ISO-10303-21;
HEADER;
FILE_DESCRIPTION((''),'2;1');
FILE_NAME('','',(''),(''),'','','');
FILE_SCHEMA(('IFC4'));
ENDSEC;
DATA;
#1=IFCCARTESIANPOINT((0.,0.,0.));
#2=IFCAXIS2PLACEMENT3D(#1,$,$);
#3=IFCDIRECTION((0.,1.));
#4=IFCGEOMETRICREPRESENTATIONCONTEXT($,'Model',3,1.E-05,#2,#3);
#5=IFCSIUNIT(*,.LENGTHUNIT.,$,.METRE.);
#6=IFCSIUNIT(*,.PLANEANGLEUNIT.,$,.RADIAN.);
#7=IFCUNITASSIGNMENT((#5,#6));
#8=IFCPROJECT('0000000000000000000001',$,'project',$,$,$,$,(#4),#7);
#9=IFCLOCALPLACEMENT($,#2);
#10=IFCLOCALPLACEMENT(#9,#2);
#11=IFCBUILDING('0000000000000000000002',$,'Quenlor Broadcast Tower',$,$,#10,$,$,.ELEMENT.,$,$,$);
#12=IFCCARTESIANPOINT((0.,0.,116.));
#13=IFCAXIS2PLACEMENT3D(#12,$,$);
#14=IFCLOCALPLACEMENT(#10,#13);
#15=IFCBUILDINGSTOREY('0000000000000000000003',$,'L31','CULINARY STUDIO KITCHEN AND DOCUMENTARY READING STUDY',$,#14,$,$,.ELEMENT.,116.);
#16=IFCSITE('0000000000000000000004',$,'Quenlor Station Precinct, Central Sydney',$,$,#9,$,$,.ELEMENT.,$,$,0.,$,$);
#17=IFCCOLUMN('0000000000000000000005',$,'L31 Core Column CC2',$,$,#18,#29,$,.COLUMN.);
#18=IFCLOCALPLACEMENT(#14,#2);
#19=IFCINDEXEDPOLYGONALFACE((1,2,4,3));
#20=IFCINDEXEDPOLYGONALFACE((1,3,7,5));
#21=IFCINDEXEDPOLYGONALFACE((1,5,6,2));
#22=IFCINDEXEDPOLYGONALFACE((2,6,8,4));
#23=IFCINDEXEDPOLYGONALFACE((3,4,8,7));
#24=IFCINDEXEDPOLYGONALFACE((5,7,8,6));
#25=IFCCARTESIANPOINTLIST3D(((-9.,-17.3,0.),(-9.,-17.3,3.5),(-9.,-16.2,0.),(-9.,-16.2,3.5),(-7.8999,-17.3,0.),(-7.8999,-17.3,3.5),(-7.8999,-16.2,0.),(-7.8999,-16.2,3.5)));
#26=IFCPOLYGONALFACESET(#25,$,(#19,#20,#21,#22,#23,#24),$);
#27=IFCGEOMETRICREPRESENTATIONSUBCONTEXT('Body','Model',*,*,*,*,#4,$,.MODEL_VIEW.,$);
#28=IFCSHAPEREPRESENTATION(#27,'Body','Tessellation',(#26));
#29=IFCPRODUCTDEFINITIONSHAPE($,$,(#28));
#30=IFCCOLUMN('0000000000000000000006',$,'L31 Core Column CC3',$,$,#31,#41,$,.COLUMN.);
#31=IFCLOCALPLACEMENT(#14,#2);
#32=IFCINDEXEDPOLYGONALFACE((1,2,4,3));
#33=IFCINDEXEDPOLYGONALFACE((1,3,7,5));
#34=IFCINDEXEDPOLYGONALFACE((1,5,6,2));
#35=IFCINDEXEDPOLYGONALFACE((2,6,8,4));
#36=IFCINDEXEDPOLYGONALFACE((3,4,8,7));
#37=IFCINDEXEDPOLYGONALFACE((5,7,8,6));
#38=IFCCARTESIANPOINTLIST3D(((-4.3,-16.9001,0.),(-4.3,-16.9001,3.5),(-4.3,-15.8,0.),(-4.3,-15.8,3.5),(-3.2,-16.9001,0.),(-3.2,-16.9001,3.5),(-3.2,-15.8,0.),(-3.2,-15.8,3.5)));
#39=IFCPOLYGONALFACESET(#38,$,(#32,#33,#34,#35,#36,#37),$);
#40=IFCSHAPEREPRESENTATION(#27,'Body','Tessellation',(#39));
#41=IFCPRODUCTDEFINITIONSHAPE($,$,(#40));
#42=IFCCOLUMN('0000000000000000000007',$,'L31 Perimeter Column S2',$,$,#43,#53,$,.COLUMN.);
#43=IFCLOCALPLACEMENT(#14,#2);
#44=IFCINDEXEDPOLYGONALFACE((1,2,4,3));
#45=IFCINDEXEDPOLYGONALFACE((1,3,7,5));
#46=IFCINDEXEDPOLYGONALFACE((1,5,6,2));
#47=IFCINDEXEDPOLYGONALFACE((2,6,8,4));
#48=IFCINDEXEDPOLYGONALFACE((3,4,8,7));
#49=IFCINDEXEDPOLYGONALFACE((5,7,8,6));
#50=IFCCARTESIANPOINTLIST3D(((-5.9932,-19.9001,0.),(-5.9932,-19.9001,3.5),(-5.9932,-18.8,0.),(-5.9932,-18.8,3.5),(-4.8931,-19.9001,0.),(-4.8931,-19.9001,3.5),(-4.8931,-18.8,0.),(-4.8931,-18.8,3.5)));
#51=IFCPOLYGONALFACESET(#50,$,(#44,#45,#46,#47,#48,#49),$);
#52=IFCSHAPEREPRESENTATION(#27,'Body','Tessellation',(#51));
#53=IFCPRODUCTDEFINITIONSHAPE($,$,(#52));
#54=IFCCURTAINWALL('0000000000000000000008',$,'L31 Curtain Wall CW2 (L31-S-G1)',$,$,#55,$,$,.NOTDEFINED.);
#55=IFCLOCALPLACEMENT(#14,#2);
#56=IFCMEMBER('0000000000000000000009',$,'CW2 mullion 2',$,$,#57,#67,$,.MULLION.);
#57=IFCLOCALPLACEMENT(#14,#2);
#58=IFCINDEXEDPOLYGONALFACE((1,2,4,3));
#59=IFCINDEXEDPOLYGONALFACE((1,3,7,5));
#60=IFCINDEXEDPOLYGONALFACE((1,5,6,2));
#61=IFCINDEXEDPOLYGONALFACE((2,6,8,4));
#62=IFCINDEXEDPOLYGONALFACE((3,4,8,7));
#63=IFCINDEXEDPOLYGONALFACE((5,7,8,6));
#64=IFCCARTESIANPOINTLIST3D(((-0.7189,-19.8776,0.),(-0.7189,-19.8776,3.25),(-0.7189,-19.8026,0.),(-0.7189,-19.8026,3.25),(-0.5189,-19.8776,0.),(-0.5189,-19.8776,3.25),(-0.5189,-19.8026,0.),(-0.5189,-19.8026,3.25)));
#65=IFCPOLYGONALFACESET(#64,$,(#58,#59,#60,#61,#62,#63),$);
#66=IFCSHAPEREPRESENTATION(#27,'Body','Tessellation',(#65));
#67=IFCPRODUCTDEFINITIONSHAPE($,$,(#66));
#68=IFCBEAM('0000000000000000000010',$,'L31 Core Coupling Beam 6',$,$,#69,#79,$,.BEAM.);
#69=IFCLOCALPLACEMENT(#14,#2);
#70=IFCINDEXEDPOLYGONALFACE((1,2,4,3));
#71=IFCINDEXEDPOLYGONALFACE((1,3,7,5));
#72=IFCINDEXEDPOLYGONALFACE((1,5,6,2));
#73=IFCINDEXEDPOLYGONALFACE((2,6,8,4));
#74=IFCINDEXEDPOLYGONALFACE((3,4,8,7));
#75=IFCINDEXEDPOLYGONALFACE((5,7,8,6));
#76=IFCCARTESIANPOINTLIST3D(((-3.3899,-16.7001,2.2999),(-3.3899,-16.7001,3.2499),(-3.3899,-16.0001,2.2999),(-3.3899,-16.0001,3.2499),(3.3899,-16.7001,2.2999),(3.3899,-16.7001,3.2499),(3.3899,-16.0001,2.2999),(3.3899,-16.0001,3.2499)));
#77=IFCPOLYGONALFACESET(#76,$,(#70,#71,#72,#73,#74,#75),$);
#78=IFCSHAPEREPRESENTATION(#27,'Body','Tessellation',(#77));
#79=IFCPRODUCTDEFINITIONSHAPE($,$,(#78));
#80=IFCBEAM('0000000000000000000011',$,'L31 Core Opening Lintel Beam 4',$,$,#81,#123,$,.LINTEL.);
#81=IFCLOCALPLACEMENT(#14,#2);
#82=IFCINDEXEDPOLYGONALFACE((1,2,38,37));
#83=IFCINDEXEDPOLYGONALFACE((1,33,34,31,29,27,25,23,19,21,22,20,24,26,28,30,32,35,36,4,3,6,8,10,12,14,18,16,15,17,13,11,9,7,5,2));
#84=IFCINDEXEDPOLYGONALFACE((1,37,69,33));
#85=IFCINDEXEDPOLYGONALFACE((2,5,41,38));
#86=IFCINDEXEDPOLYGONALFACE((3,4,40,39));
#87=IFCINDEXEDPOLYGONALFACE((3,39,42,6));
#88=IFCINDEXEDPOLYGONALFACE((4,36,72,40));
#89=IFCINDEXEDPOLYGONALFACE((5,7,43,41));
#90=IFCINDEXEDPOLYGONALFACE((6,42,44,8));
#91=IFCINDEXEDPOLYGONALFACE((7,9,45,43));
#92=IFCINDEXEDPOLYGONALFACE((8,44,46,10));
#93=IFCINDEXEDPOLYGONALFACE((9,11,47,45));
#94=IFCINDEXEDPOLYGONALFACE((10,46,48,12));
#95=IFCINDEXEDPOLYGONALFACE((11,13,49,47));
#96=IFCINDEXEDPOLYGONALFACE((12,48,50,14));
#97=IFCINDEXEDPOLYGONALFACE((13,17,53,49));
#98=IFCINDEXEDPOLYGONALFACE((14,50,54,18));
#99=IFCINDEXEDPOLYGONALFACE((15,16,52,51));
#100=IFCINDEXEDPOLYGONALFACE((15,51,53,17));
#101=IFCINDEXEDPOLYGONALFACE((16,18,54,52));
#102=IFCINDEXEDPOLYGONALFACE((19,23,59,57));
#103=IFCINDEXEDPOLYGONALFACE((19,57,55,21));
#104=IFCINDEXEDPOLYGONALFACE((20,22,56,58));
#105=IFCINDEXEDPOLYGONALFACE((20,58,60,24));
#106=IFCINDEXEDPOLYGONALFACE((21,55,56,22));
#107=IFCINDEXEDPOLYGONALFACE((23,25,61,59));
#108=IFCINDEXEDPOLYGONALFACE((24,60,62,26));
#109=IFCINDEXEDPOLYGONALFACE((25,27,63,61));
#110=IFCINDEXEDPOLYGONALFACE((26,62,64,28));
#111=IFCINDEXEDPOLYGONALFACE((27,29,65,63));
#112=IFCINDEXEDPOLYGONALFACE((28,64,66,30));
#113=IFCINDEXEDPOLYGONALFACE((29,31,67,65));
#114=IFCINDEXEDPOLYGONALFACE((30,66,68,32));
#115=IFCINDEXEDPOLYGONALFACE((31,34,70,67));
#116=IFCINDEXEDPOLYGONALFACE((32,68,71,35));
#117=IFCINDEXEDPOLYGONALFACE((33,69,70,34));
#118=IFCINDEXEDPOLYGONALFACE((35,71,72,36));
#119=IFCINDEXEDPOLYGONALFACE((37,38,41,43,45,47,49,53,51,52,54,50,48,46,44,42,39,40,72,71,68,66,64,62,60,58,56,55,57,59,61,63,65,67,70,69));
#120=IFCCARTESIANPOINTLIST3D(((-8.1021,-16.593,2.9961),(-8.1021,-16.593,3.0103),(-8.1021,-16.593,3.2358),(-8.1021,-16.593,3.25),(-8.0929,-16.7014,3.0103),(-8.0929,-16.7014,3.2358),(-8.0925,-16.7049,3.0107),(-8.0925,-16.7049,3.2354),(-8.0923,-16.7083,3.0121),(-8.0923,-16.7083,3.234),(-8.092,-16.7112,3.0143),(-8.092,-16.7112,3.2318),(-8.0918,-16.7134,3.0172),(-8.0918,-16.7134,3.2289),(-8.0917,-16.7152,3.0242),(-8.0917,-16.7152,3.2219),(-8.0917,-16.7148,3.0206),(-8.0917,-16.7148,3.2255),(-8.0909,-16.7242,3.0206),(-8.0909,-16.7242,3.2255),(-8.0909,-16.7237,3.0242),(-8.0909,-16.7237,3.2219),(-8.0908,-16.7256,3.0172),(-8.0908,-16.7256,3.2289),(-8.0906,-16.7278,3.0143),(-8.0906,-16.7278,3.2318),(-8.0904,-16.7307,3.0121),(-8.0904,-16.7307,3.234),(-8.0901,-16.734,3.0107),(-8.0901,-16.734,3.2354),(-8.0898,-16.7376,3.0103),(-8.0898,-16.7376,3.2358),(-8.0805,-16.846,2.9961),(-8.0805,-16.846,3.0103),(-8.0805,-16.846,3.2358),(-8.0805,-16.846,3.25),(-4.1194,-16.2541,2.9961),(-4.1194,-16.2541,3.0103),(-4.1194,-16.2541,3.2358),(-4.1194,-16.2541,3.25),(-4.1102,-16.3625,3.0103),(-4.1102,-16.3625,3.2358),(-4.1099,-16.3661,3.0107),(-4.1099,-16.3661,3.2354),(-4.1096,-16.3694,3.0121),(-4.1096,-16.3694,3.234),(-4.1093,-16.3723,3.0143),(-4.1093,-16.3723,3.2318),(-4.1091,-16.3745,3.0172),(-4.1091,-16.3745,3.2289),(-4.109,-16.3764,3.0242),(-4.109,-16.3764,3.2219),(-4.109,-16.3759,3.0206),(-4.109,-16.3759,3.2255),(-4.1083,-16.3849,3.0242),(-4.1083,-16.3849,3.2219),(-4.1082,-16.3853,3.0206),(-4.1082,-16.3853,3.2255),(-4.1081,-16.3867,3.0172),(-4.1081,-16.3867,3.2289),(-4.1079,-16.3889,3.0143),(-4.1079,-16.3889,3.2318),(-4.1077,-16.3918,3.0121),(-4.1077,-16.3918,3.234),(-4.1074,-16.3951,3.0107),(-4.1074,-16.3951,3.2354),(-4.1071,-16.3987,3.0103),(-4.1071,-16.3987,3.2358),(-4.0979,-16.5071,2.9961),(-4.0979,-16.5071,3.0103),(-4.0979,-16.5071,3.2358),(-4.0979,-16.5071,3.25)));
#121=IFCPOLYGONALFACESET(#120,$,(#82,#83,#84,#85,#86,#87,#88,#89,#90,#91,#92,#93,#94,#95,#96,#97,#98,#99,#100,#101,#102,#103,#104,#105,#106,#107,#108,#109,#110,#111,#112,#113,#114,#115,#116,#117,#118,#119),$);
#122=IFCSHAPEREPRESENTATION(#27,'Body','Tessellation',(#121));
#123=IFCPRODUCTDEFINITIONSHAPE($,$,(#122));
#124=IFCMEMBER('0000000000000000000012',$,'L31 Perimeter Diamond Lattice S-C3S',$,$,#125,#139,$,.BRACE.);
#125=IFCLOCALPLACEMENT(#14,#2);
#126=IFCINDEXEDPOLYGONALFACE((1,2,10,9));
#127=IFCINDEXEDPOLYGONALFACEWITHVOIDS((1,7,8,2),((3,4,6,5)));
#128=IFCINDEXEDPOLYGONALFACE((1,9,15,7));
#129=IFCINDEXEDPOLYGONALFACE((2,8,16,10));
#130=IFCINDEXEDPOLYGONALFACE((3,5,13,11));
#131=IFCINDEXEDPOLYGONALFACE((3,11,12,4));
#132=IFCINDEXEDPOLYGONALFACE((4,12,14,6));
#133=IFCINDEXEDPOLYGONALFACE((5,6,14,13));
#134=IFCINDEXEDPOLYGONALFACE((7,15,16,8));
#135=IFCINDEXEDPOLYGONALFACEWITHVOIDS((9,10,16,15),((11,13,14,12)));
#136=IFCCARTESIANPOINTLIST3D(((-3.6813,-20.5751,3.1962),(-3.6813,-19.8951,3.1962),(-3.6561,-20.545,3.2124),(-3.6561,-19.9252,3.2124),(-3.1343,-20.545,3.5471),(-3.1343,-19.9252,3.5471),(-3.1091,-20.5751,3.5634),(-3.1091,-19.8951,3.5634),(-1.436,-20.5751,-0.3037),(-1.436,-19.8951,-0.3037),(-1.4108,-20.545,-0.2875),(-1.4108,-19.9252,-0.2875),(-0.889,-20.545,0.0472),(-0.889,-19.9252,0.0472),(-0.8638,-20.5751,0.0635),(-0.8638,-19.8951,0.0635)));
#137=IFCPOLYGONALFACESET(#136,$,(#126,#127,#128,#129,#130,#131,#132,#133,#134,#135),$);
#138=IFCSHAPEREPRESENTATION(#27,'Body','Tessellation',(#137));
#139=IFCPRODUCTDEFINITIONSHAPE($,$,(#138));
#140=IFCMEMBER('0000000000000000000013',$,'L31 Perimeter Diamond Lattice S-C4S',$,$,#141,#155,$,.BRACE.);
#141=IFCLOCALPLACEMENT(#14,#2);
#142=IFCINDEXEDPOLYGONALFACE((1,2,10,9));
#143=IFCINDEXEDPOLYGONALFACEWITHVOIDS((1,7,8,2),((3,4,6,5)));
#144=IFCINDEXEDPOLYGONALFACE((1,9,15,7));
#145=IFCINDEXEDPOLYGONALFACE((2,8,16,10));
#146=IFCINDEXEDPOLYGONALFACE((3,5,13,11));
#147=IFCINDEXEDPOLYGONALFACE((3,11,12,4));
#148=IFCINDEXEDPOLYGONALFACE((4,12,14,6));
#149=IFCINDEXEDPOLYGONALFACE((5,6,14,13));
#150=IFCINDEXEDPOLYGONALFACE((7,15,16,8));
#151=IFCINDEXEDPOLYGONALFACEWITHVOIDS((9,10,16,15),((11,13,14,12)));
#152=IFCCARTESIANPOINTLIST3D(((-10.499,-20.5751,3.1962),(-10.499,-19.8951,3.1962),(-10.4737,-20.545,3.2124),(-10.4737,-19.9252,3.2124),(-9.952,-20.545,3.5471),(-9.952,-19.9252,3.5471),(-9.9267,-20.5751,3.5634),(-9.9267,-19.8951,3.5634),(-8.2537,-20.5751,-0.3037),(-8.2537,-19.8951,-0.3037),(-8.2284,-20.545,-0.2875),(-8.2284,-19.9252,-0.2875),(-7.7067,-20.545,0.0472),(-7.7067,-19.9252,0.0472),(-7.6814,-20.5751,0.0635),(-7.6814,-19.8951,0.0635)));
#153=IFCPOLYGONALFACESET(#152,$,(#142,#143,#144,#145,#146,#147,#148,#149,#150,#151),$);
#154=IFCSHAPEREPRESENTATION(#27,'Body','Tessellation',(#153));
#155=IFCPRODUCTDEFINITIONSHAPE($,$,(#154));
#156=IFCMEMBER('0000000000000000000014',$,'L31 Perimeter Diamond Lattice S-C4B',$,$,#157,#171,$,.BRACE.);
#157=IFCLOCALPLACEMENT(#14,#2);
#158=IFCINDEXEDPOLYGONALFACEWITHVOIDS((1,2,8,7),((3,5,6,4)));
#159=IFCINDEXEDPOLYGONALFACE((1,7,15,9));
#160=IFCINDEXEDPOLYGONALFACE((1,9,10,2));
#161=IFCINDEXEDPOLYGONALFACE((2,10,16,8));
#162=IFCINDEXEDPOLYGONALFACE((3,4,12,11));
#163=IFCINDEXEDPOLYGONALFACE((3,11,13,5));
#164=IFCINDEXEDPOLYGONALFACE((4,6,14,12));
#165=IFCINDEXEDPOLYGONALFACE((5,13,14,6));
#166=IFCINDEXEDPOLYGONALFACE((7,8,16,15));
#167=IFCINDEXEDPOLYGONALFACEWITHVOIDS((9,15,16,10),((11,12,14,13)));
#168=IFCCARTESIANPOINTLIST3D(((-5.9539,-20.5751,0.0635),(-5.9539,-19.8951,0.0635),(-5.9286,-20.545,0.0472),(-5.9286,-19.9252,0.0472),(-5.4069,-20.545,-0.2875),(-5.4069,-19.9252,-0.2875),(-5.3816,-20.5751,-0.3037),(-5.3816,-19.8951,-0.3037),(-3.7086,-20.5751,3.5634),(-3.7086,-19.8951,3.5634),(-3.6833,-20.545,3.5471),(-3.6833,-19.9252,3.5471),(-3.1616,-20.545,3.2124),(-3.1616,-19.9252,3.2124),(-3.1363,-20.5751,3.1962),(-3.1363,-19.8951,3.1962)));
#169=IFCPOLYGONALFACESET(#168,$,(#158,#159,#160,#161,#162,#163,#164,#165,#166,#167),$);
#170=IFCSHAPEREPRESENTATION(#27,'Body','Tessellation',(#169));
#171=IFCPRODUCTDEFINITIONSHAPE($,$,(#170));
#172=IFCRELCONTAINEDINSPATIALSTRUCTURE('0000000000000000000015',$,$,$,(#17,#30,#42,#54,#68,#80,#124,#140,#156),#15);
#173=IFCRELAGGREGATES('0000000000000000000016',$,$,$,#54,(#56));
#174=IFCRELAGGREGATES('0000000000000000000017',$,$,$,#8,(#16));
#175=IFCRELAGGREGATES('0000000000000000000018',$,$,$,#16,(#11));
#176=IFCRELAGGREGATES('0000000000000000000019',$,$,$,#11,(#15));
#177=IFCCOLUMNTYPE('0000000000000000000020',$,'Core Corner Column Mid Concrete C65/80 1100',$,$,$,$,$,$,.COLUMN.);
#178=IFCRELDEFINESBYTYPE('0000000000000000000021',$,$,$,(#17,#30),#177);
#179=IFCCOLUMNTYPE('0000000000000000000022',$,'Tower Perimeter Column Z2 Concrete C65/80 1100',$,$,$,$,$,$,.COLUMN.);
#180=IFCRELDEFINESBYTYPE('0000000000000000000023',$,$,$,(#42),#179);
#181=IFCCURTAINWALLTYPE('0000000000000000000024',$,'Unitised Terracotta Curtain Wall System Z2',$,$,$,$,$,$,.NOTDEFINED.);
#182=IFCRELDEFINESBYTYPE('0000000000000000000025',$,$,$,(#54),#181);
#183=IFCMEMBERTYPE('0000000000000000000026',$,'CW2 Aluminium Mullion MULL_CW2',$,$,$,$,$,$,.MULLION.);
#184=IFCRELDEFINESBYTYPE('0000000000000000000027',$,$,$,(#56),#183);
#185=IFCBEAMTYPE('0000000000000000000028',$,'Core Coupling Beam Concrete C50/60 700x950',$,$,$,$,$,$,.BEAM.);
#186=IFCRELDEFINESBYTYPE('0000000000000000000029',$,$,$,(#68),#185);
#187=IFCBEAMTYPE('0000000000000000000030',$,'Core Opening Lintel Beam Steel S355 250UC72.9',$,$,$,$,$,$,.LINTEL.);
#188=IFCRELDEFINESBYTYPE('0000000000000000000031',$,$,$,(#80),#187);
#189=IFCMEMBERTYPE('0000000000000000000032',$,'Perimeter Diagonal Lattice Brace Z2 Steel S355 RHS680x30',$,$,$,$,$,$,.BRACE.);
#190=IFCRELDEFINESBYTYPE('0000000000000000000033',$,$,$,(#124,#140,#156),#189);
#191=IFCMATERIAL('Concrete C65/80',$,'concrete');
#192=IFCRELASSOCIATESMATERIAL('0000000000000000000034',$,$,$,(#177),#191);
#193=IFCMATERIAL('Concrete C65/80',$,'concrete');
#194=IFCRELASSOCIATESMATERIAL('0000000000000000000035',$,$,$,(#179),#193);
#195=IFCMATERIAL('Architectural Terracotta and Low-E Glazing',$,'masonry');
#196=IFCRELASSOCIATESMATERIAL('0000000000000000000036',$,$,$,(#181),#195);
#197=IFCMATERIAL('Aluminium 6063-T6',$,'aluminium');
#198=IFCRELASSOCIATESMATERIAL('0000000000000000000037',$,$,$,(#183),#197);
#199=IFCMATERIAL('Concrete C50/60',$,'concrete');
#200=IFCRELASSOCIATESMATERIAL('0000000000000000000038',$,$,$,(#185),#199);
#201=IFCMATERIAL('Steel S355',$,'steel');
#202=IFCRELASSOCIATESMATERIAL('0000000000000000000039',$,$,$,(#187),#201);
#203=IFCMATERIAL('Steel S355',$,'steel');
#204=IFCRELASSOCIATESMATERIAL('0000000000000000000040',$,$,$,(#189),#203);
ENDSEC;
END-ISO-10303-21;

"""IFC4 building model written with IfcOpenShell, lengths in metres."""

from ifc_helpers import new_model, si_unit, direction, frame, origin, origin_2d, place, context, subcontext, project, spatial, rectangle, hollow_rectangle, i_section, extrude, material, material_profile, profile_set, type_object, element, aggregate, save


model = new_model("IFC4")

# Units and contexts
model_context = context("Model", 3, precision=1e-05, world=origin(), true_north=direction((0.0, 1.0)))
body_context = subcontext(model_context, "Body", "Model", "MODEL_VIEW")
ifc_project = project(units=[si_unit("LENGTHUNIT", "METRE"), si_unit("PLANEANGLEUNIT", "RADIAN")], contexts=[model_context])

# Site, building, storey
site_placement = place(None, origin())
site = spatial("IfcSite", under=ifc_project, at=site_placement, Name="Quenlor Station Precinct, Central Sydney", CompositionType="ELEMENT", RefElevation=0.0)
building_placement = place(site_placement, origin())
building = spatial("IfcBuilding", under=site, at=building_placement, Name="Quenlor Broadcast Tower", CompositionType="ELEMENT")
storey_placement = place(building_placement, frame((0.0, 0.0, 116.0)))
storey = spatial("IfcBuildingStorey", under=building, at=storey_placement, Name="L31", Description="CULINARY STUDIO KITCHEN AND DOCUMENTARY READING STUDY", CompositionType="ELEMENT", Elevation=116.0)

# Columns
ifc_material_1 = material(Name="Concrete C65/80", Category="concrete")
ifc_material_profile_1 = material_profile(ifc_material_1, rectangle(XDim=1.1001, YDim=1.1001, at=origin_2d()))
ifc_profile_set_1 = profile_set([ifc_material_profile_1], Name="Concrete C65/80 RC1100x1100")
column_type_1 = type_object("IfcColumnType", Name="Core Corner Column Mid Concrete C65/80 1100", PredefinedType="COLUMN", material=ifc_profile_set_1)
for number, where, z_axis, x_axis, name in (
    (1, (-8.45, -16.75, 0.0), (0.0, 0.0, 1.0), (1.0, 0.0, 0.0), "L31 Core Column CC2"),
    (2, (-3.75, -16.3501, 0.0), (0.0, 0.0, 1.0), (1.0, 0.0, 0.0), "L31 Core Column CC3"),
):
    element("IfcColumn", number, at=place(storey_placement, frame(where, z_axis=z_axis, x_axis=x_axis)), inside=storey, type_object=column_type_1, Name=name, PredefinedType="COLUMN", context=body_context, shape_type="SweptSolid", body=[
        extrude(rectangle(XDim=1.1001, YDim=1.1001, at=origin_2d()), origin(), (0.0, 0.0, 1.0), 3.5),
    ])
ifc_material_2 = material(Name="Concrete C65/80", Category="concrete")
ifc_material_profile_2 = material_profile(ifc_material_2, rectangle(XDim=1.1001, YDim=1.1001, at=origin_2d()))
ifc_profile_set_2 = profile_set([ifc_material_profile_2], Name="Concrete C65/80 RC1100x1100")
column_type_2 = type_object("IfcColumnType", Name="Tower Perimeter Column Z2 Concrete C65/80 1100", PredefinedType="COLUMN", material=ifc_profile_set_2)
column_placement = place(storey_placement, frame((-5.4431, -19.3501, 0.0), z_axis=(0.0, 0.0, 1.0), x_axis=(0.0, 1.0, 0.0)))
element("IfcColumn", 3, at=column_placement, inside=storey, type_object=column_type_2, Name="L31 Perimeter Column S2", PredefinedType="COLUMN", context=body_context, shape_type="SweptSolid", body=[
    extrude(rectangle(XDim=1.1001, YDim=1.1001, at=origin_2d()), origin(), (0.0, 0.0, 1.0), 3.5),
])

# Curtain wall, member
ifc_material_3 = material(Name="Architectural Terracotta and Low-E Glazing", Category="masonry")
curtain_wall_type = type_object("IfcCurtainWallType", Name="Unitised Terracotta Curtain Wall System Z2", PredefinedType="NOTDEFINED", material=ifc_material_3)
curtain_wall_placement = place(storey_placement, origin())
curtain_wall = element("IfcCurtainWall", 4, at=curtain_wall_placement, inside=storey, type_object=curtain_wall_type, Name="L31 Curtain Wall CW2 (L31-S-G1)", PredefinedType="NOTDEFINED")
ifc_material_4 = material(Name="Aluminium 6063-T6", Category="aluminium")
ifc_material_profile_3 = material_profile(ifc_material_4, rectangle(XDim=0.075, YDim=0.2, at=origin_2d()))
ifc_profile_set_3 = profile_set([ifc_material_profile_3], Name="Aluminium 6063-T6 MULL75x200")
member_type_1 = type_object("IfcMemberType", Name="CW2 Aluminium Mullion MULL_CW2", PredefinedType="MULLION", material=ifc_profile_set_3)
member_placement = place(storey_placement, frame((-0.6189, -19.8401, 0.0), z_axis=(0.0, 0.0, 1.0), x_axis=(0.0, -1.0, 0.0)))
member = element("IfcMember", 5, at=member_placement, type_object=member_type_1, Name="CW2 mullion 2", PredefinedType="MULLION", context=body_context, shape_type="SweptSolid", body=[
    extrude(rectangle(XDim=0.075, YDim=0.2, at=origin_2d()), origin(), (0.0, 0.0, 1.0), 3.25),
])

# Beams
ifc_material_5 = material(Name="Concrete C50/60", Category="concrete")
ifc_material_profile_4 = material_profile(ifc_material_5, rectangle(XDim=0.7, YDim=0.95, at=origin_2d()))
ifc_profile_set_4 = profile_set([ifc_material_profile_4], Name="Concrete C50/60 RCB700x950")
beam_type_1 = type_object("IfcBeamType", Name="Core Coupling Beam Concrete C50/60 700x950", PredefinedType="BEAM", material=ifc_profile_set_4)
beam_1_placement = place(storey_placement, frame((-3.3899, -16.3501, 2.7749), z_axis=(1.0, 0.0, 0.0), x_axis=(0.0, 1.0, 0.0)))
element("IfcBeam", 6, at=beam_1_placement, inside=storey, type_object=beam_type_1, Name="L31 Core Coupling Beam 6", PredefinedType="BEAM", context=body_context, shape_type="SweptSolid", body=[
    extrude(rectangle(XDim=0.7, YDim=0.95, at=origin_2d()), origin(), (0.0, 0.0, 1.0), 6.7798),
])
ifc_material_6 = material(Name="Steel S355", Category="steel")
ifc_material_profile_5 = material_profile(ifc_material_6, i_section(OverallWidth=0.2539, OverallDepth=0.2539, WebThickness=0.0085, FlangeThickness=0.0142, FilletRadius=0.0139, at=origin_2d()))
ifc_profile_set_5 = profile_set([ifc_material_profile_5], Name="Steel S355 250UC72.9")
beam_type_2 = type_object("IfcBeamType", Name="Core Opening Lintel Beam Steel S355 250UC72.9", PredefinedType="LINTEL", material=ifc_profile_set_5)
beam_2_placement = place(storey_placement, frame((-8.0913, -16.7195, 3.123), z_axis=(0.9964, 0.084779, 0.0), x_axis=(-0.084779, 0.9964, 0.0)))
element("IfcBeam", 7, at=beam_2_placement, inside=storey, type_object=beam_type_2, Name="L31 Core Opening Lintel Beam 4", PredefinedType="LINTEL", context=body_context, shape_type="SweptSolid", body=[
    extrude(i_section(OverallWidth=0.2539, OverallDepth=0.2539, WebThickness=0.0085, FlangeThickness=0.0142, FilletRadius=0.0139, at=origin_2d()), origin(), (0.0, 0.0, 1.0), 3.9971),
])

# Members
ifc_material_7 = material(Name="Steel S355", Category="steel")
ifc_material_profile_6 = material_profile(ifc_material_7, hollow_rectangle(XDim=0.6799, YDim=0.6799, WallThickness=0.03, at=origin_2d()))
ifc_profile_set_6 = profile_set([ifc_material_profile_6], Name="Steel S355 RHS680x680x30")
member_type_2 = type_object("IfcMemberType", Name="Perimeter Diagonal Lattice Brace Z2 Steel S355 RHS680x30", PredefinedType="BRACE", material=ifc_profile_set_6)
for number, where, z_axis, x_axis, name in (
    (8, (-1.1499, -20.2351, -0.1201), (-0.539968, 0.0, 0.841686), (0.0, -1.0, 0.0), "L31 Perimeter Diamond Lattice S-C3S"),
    (9, (-7.9675, -20.2351, -0.1201), (-0.539968, 0.0, 0.841686), (0.0, -1.0, 0.0), "L31 Perimeter Diamond Lattice S-C4S"),
    (10, (-5.6677, -20.2351, -0.1201), (0.539968, 0.0, 0.841686), (0.0, 1.0, 0.0), "L31 Perimeter Diamond Lattice S-C4B"),
):
    element("IfcMember", number, at=place(storey_placement, frame(where, z_axis=z_axis, x_axis=x_axis)), inside=storey, type_object=member_type_2, Name=name, PredefinedType="BRACE", context=body_context, shape_type="SweptSolid", body=[
        extrude(hollow_rectangle(XDim=0.6799, YDim=0.6799, WallThickness=0.03, at=origin_2d()), origin(), (0.0, 0.0, 1.0), 4.1582),
    ])

aggregate(curtain_wall, [member])

save(model, "model.ifc")
